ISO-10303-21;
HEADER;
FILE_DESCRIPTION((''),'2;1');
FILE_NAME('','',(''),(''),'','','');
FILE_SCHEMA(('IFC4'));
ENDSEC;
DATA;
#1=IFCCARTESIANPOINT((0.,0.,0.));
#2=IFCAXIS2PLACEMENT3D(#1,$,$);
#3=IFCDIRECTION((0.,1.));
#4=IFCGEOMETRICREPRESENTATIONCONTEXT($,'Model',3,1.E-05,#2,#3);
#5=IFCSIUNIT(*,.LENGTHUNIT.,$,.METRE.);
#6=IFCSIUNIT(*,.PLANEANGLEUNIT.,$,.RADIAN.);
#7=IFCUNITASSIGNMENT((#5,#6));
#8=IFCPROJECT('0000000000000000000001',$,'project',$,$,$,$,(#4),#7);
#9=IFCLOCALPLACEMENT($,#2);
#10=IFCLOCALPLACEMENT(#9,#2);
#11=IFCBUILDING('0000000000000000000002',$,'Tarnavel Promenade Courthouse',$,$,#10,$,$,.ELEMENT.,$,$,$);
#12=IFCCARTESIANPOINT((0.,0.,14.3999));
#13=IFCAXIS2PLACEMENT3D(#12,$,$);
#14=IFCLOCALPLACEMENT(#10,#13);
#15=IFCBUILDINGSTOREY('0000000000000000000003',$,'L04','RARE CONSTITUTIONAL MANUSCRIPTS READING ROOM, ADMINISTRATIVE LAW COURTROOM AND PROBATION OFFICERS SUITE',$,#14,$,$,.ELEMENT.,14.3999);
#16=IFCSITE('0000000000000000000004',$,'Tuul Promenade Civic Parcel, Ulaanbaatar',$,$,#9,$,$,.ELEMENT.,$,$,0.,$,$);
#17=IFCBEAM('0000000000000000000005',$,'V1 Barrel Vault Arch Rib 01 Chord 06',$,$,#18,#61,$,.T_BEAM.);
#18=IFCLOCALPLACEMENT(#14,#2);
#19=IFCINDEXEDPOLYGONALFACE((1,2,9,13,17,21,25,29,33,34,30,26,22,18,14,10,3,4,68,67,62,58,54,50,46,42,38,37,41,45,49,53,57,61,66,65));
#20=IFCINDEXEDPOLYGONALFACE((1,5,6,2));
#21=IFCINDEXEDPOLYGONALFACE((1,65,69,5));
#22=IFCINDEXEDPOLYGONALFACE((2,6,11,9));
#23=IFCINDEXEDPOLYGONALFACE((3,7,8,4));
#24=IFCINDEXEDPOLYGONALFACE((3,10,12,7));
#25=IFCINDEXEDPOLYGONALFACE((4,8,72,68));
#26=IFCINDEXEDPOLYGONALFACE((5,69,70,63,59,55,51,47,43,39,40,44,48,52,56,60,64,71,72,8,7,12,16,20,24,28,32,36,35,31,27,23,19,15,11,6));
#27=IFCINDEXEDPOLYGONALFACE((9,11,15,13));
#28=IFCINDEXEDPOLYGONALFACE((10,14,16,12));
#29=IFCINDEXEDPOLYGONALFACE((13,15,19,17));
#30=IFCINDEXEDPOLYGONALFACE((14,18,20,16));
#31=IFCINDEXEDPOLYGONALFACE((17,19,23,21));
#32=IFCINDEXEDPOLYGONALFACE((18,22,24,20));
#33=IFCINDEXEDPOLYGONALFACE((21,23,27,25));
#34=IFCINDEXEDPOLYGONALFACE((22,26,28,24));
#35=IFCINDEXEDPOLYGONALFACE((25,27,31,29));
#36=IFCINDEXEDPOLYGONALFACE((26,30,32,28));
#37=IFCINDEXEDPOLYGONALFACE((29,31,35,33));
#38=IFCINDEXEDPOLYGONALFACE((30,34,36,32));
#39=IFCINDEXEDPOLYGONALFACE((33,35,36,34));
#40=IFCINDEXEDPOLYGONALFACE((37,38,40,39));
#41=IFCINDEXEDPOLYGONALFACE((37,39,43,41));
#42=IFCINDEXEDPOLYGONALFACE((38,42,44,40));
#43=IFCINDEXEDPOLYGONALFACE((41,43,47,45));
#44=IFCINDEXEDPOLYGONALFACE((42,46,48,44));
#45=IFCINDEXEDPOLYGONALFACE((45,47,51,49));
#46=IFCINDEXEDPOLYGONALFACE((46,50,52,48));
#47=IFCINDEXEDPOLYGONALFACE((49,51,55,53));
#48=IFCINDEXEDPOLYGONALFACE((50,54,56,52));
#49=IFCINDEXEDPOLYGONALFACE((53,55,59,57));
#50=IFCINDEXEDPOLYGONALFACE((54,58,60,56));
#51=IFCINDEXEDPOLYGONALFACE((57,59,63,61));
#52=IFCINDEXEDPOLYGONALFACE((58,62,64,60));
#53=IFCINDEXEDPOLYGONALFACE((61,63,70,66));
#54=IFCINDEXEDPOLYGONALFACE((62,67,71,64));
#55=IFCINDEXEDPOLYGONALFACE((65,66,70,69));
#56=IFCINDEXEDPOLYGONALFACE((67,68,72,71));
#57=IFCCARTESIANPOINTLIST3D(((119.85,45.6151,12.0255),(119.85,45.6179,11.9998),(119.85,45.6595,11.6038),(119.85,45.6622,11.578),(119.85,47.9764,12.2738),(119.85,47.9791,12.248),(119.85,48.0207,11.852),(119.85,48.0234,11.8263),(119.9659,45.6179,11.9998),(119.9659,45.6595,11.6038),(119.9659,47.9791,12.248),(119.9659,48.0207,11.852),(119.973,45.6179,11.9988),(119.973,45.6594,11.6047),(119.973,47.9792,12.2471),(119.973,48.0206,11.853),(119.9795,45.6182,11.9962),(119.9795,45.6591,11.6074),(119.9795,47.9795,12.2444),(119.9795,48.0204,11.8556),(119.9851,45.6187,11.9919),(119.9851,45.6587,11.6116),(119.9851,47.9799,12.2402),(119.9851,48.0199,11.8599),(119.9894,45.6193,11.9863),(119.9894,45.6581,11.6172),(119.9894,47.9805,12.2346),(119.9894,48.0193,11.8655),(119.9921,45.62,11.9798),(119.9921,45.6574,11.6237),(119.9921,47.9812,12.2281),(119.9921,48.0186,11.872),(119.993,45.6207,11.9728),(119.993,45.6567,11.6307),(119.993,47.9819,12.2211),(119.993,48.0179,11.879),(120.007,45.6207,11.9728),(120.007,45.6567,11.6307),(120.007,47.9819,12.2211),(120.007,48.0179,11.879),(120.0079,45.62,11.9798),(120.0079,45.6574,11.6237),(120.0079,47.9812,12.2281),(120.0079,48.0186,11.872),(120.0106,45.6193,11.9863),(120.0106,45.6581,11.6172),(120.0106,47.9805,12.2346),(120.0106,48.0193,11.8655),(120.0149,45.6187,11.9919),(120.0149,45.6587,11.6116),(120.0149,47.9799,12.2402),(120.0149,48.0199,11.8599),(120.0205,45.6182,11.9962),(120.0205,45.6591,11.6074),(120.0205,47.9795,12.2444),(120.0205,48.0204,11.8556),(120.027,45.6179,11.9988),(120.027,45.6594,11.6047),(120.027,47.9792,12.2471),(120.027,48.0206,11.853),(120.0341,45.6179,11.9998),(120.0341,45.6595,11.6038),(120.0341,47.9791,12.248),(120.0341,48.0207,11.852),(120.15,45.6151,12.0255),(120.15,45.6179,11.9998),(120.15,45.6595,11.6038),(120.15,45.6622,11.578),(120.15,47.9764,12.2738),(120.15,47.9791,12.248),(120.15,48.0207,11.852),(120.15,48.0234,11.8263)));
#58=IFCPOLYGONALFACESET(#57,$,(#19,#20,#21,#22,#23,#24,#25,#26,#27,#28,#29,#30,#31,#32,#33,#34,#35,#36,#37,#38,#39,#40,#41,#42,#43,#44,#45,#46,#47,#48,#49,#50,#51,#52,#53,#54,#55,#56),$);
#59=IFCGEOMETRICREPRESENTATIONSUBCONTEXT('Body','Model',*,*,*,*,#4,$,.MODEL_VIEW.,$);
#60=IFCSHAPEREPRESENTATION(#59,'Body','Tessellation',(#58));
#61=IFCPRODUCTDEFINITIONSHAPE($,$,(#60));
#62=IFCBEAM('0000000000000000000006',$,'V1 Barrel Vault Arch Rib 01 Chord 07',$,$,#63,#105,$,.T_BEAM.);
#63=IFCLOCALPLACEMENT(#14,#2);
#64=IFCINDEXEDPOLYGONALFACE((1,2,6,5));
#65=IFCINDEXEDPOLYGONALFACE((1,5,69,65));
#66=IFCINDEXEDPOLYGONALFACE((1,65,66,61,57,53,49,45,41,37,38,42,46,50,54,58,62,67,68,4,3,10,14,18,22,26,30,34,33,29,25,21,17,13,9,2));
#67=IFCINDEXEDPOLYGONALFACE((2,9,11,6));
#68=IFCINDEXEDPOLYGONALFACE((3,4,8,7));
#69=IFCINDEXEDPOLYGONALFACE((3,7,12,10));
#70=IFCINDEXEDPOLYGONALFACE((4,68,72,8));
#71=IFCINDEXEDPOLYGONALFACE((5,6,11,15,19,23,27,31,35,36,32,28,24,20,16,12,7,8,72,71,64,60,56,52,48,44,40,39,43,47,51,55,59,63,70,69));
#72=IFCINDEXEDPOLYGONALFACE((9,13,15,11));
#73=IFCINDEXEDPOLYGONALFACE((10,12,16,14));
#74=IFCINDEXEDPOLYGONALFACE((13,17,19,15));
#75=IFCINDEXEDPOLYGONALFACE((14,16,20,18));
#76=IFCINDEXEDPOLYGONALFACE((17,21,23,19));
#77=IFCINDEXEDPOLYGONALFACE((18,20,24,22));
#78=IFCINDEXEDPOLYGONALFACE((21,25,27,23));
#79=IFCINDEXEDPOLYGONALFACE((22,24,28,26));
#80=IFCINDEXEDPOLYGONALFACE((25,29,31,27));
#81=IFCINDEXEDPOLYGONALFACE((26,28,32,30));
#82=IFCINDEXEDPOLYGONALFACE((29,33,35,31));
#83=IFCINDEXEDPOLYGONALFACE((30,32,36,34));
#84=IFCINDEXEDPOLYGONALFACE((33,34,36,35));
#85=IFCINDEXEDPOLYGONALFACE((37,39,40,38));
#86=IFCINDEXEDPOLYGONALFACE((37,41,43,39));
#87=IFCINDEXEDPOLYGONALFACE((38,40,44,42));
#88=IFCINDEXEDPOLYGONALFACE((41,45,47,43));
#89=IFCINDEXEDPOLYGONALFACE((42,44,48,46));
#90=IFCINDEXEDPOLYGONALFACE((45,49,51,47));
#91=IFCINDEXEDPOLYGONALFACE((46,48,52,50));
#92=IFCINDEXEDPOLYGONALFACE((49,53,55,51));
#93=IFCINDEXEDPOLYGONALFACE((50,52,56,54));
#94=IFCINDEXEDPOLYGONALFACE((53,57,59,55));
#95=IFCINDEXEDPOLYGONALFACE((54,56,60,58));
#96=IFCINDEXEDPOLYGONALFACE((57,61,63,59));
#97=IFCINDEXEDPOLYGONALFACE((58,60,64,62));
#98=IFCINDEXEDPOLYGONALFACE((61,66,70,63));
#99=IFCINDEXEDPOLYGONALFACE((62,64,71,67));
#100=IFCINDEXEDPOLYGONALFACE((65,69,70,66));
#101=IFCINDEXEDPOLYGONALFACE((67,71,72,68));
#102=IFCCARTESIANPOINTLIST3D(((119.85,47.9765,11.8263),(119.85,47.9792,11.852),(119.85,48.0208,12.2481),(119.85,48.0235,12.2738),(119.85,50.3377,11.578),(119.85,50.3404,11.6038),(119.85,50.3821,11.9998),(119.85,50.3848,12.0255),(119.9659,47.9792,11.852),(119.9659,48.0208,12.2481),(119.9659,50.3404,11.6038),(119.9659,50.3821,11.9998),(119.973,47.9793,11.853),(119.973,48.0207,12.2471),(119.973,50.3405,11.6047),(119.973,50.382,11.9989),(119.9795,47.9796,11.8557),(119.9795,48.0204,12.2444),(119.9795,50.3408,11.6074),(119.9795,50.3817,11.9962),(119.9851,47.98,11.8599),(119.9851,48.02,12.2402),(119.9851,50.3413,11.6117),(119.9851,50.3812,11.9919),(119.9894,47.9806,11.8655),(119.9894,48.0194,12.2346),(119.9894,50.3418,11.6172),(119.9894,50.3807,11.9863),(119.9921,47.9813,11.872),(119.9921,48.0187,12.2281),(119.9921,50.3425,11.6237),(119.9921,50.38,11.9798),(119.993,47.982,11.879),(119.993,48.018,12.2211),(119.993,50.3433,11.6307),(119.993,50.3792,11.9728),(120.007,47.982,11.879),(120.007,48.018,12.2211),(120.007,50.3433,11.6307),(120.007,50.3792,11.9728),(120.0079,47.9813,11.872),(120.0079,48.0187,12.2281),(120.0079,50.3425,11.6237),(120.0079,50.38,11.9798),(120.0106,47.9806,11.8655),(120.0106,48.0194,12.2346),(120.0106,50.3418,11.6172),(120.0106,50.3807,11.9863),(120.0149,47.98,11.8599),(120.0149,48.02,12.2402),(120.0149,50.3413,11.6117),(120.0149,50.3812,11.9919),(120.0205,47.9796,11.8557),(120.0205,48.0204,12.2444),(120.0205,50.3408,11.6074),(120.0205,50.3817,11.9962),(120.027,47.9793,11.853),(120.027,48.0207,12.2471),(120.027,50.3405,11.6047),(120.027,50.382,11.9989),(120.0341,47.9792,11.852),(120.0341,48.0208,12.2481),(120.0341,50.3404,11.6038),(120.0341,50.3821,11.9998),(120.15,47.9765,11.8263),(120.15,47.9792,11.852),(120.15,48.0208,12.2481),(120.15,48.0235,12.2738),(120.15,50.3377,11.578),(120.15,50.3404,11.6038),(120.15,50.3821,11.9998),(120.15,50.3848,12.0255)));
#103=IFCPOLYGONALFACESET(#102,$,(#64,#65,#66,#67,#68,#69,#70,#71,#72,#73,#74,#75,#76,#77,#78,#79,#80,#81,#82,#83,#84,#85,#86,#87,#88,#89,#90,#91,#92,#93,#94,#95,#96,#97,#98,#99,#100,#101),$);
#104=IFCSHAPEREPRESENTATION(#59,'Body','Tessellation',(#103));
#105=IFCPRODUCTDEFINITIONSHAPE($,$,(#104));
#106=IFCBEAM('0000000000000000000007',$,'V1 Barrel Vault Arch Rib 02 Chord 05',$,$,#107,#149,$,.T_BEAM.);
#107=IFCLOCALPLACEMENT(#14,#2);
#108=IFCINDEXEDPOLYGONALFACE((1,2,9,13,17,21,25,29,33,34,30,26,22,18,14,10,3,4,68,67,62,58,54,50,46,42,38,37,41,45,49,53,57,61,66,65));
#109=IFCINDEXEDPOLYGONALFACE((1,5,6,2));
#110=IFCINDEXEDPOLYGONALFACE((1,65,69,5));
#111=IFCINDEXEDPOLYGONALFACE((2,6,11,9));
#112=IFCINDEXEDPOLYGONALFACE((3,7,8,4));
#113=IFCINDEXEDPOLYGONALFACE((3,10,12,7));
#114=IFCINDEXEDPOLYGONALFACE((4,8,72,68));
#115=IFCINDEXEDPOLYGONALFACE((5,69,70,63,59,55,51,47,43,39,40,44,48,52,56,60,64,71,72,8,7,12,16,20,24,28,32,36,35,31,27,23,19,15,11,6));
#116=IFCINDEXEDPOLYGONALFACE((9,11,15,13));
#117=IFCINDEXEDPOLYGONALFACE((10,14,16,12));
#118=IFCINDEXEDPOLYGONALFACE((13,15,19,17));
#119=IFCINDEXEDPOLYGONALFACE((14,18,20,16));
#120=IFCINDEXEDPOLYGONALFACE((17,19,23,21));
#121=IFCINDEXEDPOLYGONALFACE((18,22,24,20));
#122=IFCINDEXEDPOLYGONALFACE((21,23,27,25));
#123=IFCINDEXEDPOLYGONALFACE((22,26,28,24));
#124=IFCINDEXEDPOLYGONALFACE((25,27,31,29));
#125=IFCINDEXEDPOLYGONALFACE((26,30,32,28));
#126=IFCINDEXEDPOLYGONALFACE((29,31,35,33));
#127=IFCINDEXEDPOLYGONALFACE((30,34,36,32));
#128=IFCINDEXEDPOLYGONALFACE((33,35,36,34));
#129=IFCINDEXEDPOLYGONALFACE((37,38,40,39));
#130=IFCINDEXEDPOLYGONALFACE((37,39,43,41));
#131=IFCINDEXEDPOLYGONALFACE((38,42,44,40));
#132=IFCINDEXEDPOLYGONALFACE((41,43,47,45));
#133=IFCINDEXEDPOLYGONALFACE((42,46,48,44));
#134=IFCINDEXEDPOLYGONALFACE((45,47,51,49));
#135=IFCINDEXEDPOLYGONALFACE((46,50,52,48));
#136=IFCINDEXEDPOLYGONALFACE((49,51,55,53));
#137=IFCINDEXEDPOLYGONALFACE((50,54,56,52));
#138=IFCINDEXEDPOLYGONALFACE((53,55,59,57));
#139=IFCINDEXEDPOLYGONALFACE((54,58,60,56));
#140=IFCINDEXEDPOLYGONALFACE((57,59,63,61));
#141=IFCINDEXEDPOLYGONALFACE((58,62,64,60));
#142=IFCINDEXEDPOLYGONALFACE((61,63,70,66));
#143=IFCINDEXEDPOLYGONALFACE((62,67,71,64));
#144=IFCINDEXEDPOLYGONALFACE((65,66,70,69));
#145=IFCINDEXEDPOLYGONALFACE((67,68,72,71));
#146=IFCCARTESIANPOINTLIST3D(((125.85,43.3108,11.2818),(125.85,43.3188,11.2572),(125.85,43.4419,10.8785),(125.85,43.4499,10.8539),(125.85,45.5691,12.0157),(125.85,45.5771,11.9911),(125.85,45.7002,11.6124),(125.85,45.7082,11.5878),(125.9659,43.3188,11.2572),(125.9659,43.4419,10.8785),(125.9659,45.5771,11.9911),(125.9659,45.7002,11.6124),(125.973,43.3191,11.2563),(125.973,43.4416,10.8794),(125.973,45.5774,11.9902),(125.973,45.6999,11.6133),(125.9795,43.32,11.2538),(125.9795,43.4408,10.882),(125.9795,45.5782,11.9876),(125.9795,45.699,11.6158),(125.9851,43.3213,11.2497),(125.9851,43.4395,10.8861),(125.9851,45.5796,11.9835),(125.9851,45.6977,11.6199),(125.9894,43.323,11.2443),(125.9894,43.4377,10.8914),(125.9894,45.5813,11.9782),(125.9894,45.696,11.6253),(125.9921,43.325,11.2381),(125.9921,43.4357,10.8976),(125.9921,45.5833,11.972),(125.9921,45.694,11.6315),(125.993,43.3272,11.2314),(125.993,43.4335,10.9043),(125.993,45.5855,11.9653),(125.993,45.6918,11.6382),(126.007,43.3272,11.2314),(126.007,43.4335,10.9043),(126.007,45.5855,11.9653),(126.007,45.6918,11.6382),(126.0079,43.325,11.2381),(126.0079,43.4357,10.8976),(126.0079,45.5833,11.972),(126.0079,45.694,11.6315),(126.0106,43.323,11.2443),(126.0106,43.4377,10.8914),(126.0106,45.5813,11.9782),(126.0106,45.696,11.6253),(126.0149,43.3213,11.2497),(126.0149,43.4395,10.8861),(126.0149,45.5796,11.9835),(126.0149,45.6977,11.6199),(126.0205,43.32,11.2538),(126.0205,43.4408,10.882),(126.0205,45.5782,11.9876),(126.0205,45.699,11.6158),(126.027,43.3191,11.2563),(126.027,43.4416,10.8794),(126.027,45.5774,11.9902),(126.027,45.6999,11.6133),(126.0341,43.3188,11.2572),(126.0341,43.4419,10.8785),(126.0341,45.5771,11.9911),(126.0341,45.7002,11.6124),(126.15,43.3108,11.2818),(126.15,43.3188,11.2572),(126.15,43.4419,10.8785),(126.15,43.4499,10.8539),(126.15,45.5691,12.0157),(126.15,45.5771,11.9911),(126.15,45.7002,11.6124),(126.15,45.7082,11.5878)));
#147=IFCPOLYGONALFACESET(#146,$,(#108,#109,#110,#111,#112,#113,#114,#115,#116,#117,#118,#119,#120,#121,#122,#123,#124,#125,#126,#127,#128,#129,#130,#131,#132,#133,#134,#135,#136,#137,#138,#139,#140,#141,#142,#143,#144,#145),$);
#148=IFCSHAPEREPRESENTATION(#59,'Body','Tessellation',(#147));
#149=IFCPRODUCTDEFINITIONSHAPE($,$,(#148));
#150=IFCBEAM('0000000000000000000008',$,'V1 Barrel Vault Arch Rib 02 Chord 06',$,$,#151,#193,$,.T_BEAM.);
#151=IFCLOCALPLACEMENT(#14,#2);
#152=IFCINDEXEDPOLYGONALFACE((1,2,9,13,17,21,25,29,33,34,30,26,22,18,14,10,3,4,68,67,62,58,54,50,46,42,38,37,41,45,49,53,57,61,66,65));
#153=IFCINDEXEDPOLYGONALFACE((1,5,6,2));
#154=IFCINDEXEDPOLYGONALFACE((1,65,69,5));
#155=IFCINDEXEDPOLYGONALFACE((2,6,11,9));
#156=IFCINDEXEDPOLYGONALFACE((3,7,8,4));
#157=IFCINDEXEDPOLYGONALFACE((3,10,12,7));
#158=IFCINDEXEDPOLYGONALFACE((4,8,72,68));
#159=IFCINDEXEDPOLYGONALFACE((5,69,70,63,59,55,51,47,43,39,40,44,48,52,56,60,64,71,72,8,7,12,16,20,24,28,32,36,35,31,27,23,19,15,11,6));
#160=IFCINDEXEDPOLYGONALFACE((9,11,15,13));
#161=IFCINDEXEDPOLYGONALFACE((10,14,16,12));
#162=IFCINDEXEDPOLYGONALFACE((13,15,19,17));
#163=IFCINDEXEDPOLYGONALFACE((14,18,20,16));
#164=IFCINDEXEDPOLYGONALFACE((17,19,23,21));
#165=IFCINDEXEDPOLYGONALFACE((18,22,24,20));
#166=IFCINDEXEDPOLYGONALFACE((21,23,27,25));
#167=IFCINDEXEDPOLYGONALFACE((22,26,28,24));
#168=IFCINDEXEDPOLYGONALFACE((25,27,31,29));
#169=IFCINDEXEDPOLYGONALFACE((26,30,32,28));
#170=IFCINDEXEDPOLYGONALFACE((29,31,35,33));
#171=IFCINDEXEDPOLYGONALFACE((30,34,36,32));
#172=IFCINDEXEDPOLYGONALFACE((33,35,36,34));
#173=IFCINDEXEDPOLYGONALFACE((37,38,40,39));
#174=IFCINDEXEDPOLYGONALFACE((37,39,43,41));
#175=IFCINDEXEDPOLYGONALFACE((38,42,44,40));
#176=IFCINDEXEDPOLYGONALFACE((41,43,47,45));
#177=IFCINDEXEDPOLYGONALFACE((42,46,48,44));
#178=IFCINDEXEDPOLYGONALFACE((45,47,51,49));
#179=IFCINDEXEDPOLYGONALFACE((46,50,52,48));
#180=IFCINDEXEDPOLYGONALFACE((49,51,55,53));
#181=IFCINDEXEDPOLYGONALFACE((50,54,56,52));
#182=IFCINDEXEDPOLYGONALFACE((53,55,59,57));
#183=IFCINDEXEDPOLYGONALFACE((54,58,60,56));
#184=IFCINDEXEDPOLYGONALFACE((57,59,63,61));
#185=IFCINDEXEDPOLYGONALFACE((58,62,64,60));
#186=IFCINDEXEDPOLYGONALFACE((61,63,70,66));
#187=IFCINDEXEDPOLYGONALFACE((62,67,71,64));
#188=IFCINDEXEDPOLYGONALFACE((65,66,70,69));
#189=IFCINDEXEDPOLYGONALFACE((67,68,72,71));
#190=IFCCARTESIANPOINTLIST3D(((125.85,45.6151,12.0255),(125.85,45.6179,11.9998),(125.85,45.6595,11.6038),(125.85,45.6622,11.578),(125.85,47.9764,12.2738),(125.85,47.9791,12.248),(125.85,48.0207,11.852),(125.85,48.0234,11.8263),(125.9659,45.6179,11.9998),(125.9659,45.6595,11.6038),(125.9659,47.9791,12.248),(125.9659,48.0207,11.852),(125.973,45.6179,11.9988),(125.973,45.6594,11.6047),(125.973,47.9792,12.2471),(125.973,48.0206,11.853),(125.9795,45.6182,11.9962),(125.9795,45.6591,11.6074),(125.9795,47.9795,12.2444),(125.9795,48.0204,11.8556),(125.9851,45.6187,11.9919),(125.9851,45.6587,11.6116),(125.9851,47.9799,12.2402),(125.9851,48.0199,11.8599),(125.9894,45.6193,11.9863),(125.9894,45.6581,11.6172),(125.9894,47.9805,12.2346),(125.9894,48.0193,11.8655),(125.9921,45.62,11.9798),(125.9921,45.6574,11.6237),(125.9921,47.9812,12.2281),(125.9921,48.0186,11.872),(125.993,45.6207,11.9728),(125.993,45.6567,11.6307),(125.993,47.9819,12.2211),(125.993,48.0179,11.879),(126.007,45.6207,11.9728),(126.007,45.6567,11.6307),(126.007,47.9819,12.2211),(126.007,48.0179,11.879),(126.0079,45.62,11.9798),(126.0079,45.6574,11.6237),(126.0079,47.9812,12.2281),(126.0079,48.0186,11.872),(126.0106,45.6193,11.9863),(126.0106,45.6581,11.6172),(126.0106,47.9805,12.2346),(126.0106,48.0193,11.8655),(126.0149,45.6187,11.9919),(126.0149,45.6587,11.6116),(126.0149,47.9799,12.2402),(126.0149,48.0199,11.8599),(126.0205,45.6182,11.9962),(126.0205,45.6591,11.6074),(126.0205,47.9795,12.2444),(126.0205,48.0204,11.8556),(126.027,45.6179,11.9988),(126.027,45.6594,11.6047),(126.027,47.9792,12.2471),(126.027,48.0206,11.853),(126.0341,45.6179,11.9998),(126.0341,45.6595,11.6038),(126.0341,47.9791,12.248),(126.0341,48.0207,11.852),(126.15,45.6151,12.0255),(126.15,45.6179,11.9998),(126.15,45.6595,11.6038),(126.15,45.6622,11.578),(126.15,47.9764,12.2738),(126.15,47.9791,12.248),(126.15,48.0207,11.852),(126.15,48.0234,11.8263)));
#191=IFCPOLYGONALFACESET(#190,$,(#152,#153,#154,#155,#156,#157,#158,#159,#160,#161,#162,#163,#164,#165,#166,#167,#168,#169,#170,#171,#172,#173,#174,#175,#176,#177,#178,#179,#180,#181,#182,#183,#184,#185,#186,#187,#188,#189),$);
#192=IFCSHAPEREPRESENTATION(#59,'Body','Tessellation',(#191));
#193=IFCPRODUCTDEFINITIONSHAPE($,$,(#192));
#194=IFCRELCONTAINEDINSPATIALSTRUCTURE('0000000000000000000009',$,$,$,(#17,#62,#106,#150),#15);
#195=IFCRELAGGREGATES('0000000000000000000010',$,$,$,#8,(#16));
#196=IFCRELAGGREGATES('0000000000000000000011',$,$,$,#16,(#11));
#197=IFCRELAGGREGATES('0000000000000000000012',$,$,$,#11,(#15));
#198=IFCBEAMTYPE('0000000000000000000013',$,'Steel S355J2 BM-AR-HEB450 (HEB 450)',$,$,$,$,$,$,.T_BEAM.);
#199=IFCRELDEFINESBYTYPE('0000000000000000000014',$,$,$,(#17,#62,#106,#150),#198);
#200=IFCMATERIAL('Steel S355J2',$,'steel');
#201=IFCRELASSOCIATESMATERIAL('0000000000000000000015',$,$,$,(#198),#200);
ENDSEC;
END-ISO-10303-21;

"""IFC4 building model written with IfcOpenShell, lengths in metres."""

from ifc_helpers import new_model, si_unit, direction, frame, origin, origin_2d, place, context, subcontext, project, spatial, i_section, extrude, material, material_profile, profile_set, type_object, element, save


model = new_model("IFC4")

# Units and contexts
model_context = context("Model", 3, precision=1e-05, world=origin(), true_north=direction((0.0, 1.0)))
body_context = subcontext(model_context, "Body", "Model", "MODEL_VIEW")
ifc_project = project(units=[si_unit("LENGTHUNIT", "METRE"), si_unit("PLANEANGLEUNIT", "RADIAN")], contexts=[model_context])

# Site, building, storey
site_placement = place(None, origin())
site = spatial("IfcSite", under=ifc_project, at=site_placement, Name="Tuul Promenade Civic Parcel, Ulaanbaatar", CompositionType="ELEMENT", RefElevation=0.0)
building_placement = place(site_placement, origin())
building = spatial("IfcBuilding", under=site, at=building_placement, Name="Tarnavel Promenade Courthouse", CompositionType="ELEMENT")
storey_placement = place(building_placement, frame((0.0, 0.0, 14.3999)))
storey = spatial("IfcBuildingStorey", under=building, at=storey_placement, Name="L04", Description="RARE CONSTITUTIONAL MANUSCRIPTS READING ROOM, ADMINISTRATIVE LAW COURTROOM AND PROBATION OFFICERS SUITE", CompositionType="ELEMENT", Elevation=14.3999)

# Beams
ifc_material_1 = material(Name="Steel S355J2", Category="steel")
ifc_material_profile_1 = material_profile(ifc_material_1, i_section(OverallWidth=0.3, OverallDepth=0.45, WebThickness=0.0139, FlangeThickness=0.0259, FilletRadius=0.0271, at=origin_2d()), Name="HEB 450")
ifc_profile_set_1 = profile_set([ifc_material_profile_1], Name="Steel S355J2")
beam_type = type_object("IfcBeamType", Name="Steel S355J2 BM-AR-HEB450 (HEB 450)", PredefinedType="T_BEAM", material=ifc_profile_set_1)
for number, where, z_axis, x_axis, name in (
    (1, (120.0, 45.6387, 11.8018), (0.0, 0.994517, 0.104572), (-1.0, 0.0, 0.0), "V1 Barrel Vault Arch Rib 01 Chord 06"),
    (2, (120.0, 48.0, 12.05), (0.0, 0.994517, -0.104572), (-1.0, 0.0, 0.0), "V1 Barrel Vault Arch Rib 01 Chord 07"),
):
    element("IfcBeam", number, at=place(storey_placement, frame(where, z_axis=z_axis, x_axis=x_axis)), inside=storey, type_object=beam_type, Name=name, PredefinedType="T_BEAM", context=body_context, shape_type="SweptSolid", body=[
        extrude(i_section(OverallWidth=0.3, OverallDepth=0.45, WebThickness=0.0139, FlangeThickness=0.0259, FilletRadius=0.0271, at=origin_2d()), origin(), (0.0, 0.0, 1.0), 2.3743),
    ])
beam_1_placement = place(storey_placement, frame((126.0, 43.3804, 11.0679), z_axis=(0.0, 0.951042, 0.309063), x_axis=(-1.0, 0.0, 0.0)))
element("IfcBeam", 3, at=beam_1_placement, inside=storey, type_object=beam_type, Name="V1 Barrel Vault Arch Rib 02 Chord 05", PredefinedType="T_BEAM", context=body_context, shape_type="SweptSolid", body=[
    extrude(i_section(OverallWidth=0.3, OverallDepth=0.45, WebThickness=0.0139, FlangeThickness=0.0259, FilletRadius=0.0271, at=origin_2d()), origin(), (0.0, 0.0, 1.0), 2.3745),
])
beam_2_placement = place(storey_placement, frame((126.0, 45.6387, 11.8018), z_axis=(0.0, 0.994517, 0.104572), x_axis=(-1.0, 0.0, 0.0)))
element("IfcBeam", 4, at=beam_2_placement, inside=storey, type_object=beam_type, Name="V1 Barrel Vault Arch Rib 02 Chord 06", PredefinedType="T_BEAM", context=body_context, shape_type="SweptSolid", body=[
    extrude(i_section(OverallWidth=0.3, OverallDepth=0.45, WebThickness=0.0139, FlangeThickness=0.0259, FilletRadius=0.0271, at=origin_2d()), origin(), (0.0, 0.0, 1.0), 2.3743),
])

save(model, "model.ifc")
